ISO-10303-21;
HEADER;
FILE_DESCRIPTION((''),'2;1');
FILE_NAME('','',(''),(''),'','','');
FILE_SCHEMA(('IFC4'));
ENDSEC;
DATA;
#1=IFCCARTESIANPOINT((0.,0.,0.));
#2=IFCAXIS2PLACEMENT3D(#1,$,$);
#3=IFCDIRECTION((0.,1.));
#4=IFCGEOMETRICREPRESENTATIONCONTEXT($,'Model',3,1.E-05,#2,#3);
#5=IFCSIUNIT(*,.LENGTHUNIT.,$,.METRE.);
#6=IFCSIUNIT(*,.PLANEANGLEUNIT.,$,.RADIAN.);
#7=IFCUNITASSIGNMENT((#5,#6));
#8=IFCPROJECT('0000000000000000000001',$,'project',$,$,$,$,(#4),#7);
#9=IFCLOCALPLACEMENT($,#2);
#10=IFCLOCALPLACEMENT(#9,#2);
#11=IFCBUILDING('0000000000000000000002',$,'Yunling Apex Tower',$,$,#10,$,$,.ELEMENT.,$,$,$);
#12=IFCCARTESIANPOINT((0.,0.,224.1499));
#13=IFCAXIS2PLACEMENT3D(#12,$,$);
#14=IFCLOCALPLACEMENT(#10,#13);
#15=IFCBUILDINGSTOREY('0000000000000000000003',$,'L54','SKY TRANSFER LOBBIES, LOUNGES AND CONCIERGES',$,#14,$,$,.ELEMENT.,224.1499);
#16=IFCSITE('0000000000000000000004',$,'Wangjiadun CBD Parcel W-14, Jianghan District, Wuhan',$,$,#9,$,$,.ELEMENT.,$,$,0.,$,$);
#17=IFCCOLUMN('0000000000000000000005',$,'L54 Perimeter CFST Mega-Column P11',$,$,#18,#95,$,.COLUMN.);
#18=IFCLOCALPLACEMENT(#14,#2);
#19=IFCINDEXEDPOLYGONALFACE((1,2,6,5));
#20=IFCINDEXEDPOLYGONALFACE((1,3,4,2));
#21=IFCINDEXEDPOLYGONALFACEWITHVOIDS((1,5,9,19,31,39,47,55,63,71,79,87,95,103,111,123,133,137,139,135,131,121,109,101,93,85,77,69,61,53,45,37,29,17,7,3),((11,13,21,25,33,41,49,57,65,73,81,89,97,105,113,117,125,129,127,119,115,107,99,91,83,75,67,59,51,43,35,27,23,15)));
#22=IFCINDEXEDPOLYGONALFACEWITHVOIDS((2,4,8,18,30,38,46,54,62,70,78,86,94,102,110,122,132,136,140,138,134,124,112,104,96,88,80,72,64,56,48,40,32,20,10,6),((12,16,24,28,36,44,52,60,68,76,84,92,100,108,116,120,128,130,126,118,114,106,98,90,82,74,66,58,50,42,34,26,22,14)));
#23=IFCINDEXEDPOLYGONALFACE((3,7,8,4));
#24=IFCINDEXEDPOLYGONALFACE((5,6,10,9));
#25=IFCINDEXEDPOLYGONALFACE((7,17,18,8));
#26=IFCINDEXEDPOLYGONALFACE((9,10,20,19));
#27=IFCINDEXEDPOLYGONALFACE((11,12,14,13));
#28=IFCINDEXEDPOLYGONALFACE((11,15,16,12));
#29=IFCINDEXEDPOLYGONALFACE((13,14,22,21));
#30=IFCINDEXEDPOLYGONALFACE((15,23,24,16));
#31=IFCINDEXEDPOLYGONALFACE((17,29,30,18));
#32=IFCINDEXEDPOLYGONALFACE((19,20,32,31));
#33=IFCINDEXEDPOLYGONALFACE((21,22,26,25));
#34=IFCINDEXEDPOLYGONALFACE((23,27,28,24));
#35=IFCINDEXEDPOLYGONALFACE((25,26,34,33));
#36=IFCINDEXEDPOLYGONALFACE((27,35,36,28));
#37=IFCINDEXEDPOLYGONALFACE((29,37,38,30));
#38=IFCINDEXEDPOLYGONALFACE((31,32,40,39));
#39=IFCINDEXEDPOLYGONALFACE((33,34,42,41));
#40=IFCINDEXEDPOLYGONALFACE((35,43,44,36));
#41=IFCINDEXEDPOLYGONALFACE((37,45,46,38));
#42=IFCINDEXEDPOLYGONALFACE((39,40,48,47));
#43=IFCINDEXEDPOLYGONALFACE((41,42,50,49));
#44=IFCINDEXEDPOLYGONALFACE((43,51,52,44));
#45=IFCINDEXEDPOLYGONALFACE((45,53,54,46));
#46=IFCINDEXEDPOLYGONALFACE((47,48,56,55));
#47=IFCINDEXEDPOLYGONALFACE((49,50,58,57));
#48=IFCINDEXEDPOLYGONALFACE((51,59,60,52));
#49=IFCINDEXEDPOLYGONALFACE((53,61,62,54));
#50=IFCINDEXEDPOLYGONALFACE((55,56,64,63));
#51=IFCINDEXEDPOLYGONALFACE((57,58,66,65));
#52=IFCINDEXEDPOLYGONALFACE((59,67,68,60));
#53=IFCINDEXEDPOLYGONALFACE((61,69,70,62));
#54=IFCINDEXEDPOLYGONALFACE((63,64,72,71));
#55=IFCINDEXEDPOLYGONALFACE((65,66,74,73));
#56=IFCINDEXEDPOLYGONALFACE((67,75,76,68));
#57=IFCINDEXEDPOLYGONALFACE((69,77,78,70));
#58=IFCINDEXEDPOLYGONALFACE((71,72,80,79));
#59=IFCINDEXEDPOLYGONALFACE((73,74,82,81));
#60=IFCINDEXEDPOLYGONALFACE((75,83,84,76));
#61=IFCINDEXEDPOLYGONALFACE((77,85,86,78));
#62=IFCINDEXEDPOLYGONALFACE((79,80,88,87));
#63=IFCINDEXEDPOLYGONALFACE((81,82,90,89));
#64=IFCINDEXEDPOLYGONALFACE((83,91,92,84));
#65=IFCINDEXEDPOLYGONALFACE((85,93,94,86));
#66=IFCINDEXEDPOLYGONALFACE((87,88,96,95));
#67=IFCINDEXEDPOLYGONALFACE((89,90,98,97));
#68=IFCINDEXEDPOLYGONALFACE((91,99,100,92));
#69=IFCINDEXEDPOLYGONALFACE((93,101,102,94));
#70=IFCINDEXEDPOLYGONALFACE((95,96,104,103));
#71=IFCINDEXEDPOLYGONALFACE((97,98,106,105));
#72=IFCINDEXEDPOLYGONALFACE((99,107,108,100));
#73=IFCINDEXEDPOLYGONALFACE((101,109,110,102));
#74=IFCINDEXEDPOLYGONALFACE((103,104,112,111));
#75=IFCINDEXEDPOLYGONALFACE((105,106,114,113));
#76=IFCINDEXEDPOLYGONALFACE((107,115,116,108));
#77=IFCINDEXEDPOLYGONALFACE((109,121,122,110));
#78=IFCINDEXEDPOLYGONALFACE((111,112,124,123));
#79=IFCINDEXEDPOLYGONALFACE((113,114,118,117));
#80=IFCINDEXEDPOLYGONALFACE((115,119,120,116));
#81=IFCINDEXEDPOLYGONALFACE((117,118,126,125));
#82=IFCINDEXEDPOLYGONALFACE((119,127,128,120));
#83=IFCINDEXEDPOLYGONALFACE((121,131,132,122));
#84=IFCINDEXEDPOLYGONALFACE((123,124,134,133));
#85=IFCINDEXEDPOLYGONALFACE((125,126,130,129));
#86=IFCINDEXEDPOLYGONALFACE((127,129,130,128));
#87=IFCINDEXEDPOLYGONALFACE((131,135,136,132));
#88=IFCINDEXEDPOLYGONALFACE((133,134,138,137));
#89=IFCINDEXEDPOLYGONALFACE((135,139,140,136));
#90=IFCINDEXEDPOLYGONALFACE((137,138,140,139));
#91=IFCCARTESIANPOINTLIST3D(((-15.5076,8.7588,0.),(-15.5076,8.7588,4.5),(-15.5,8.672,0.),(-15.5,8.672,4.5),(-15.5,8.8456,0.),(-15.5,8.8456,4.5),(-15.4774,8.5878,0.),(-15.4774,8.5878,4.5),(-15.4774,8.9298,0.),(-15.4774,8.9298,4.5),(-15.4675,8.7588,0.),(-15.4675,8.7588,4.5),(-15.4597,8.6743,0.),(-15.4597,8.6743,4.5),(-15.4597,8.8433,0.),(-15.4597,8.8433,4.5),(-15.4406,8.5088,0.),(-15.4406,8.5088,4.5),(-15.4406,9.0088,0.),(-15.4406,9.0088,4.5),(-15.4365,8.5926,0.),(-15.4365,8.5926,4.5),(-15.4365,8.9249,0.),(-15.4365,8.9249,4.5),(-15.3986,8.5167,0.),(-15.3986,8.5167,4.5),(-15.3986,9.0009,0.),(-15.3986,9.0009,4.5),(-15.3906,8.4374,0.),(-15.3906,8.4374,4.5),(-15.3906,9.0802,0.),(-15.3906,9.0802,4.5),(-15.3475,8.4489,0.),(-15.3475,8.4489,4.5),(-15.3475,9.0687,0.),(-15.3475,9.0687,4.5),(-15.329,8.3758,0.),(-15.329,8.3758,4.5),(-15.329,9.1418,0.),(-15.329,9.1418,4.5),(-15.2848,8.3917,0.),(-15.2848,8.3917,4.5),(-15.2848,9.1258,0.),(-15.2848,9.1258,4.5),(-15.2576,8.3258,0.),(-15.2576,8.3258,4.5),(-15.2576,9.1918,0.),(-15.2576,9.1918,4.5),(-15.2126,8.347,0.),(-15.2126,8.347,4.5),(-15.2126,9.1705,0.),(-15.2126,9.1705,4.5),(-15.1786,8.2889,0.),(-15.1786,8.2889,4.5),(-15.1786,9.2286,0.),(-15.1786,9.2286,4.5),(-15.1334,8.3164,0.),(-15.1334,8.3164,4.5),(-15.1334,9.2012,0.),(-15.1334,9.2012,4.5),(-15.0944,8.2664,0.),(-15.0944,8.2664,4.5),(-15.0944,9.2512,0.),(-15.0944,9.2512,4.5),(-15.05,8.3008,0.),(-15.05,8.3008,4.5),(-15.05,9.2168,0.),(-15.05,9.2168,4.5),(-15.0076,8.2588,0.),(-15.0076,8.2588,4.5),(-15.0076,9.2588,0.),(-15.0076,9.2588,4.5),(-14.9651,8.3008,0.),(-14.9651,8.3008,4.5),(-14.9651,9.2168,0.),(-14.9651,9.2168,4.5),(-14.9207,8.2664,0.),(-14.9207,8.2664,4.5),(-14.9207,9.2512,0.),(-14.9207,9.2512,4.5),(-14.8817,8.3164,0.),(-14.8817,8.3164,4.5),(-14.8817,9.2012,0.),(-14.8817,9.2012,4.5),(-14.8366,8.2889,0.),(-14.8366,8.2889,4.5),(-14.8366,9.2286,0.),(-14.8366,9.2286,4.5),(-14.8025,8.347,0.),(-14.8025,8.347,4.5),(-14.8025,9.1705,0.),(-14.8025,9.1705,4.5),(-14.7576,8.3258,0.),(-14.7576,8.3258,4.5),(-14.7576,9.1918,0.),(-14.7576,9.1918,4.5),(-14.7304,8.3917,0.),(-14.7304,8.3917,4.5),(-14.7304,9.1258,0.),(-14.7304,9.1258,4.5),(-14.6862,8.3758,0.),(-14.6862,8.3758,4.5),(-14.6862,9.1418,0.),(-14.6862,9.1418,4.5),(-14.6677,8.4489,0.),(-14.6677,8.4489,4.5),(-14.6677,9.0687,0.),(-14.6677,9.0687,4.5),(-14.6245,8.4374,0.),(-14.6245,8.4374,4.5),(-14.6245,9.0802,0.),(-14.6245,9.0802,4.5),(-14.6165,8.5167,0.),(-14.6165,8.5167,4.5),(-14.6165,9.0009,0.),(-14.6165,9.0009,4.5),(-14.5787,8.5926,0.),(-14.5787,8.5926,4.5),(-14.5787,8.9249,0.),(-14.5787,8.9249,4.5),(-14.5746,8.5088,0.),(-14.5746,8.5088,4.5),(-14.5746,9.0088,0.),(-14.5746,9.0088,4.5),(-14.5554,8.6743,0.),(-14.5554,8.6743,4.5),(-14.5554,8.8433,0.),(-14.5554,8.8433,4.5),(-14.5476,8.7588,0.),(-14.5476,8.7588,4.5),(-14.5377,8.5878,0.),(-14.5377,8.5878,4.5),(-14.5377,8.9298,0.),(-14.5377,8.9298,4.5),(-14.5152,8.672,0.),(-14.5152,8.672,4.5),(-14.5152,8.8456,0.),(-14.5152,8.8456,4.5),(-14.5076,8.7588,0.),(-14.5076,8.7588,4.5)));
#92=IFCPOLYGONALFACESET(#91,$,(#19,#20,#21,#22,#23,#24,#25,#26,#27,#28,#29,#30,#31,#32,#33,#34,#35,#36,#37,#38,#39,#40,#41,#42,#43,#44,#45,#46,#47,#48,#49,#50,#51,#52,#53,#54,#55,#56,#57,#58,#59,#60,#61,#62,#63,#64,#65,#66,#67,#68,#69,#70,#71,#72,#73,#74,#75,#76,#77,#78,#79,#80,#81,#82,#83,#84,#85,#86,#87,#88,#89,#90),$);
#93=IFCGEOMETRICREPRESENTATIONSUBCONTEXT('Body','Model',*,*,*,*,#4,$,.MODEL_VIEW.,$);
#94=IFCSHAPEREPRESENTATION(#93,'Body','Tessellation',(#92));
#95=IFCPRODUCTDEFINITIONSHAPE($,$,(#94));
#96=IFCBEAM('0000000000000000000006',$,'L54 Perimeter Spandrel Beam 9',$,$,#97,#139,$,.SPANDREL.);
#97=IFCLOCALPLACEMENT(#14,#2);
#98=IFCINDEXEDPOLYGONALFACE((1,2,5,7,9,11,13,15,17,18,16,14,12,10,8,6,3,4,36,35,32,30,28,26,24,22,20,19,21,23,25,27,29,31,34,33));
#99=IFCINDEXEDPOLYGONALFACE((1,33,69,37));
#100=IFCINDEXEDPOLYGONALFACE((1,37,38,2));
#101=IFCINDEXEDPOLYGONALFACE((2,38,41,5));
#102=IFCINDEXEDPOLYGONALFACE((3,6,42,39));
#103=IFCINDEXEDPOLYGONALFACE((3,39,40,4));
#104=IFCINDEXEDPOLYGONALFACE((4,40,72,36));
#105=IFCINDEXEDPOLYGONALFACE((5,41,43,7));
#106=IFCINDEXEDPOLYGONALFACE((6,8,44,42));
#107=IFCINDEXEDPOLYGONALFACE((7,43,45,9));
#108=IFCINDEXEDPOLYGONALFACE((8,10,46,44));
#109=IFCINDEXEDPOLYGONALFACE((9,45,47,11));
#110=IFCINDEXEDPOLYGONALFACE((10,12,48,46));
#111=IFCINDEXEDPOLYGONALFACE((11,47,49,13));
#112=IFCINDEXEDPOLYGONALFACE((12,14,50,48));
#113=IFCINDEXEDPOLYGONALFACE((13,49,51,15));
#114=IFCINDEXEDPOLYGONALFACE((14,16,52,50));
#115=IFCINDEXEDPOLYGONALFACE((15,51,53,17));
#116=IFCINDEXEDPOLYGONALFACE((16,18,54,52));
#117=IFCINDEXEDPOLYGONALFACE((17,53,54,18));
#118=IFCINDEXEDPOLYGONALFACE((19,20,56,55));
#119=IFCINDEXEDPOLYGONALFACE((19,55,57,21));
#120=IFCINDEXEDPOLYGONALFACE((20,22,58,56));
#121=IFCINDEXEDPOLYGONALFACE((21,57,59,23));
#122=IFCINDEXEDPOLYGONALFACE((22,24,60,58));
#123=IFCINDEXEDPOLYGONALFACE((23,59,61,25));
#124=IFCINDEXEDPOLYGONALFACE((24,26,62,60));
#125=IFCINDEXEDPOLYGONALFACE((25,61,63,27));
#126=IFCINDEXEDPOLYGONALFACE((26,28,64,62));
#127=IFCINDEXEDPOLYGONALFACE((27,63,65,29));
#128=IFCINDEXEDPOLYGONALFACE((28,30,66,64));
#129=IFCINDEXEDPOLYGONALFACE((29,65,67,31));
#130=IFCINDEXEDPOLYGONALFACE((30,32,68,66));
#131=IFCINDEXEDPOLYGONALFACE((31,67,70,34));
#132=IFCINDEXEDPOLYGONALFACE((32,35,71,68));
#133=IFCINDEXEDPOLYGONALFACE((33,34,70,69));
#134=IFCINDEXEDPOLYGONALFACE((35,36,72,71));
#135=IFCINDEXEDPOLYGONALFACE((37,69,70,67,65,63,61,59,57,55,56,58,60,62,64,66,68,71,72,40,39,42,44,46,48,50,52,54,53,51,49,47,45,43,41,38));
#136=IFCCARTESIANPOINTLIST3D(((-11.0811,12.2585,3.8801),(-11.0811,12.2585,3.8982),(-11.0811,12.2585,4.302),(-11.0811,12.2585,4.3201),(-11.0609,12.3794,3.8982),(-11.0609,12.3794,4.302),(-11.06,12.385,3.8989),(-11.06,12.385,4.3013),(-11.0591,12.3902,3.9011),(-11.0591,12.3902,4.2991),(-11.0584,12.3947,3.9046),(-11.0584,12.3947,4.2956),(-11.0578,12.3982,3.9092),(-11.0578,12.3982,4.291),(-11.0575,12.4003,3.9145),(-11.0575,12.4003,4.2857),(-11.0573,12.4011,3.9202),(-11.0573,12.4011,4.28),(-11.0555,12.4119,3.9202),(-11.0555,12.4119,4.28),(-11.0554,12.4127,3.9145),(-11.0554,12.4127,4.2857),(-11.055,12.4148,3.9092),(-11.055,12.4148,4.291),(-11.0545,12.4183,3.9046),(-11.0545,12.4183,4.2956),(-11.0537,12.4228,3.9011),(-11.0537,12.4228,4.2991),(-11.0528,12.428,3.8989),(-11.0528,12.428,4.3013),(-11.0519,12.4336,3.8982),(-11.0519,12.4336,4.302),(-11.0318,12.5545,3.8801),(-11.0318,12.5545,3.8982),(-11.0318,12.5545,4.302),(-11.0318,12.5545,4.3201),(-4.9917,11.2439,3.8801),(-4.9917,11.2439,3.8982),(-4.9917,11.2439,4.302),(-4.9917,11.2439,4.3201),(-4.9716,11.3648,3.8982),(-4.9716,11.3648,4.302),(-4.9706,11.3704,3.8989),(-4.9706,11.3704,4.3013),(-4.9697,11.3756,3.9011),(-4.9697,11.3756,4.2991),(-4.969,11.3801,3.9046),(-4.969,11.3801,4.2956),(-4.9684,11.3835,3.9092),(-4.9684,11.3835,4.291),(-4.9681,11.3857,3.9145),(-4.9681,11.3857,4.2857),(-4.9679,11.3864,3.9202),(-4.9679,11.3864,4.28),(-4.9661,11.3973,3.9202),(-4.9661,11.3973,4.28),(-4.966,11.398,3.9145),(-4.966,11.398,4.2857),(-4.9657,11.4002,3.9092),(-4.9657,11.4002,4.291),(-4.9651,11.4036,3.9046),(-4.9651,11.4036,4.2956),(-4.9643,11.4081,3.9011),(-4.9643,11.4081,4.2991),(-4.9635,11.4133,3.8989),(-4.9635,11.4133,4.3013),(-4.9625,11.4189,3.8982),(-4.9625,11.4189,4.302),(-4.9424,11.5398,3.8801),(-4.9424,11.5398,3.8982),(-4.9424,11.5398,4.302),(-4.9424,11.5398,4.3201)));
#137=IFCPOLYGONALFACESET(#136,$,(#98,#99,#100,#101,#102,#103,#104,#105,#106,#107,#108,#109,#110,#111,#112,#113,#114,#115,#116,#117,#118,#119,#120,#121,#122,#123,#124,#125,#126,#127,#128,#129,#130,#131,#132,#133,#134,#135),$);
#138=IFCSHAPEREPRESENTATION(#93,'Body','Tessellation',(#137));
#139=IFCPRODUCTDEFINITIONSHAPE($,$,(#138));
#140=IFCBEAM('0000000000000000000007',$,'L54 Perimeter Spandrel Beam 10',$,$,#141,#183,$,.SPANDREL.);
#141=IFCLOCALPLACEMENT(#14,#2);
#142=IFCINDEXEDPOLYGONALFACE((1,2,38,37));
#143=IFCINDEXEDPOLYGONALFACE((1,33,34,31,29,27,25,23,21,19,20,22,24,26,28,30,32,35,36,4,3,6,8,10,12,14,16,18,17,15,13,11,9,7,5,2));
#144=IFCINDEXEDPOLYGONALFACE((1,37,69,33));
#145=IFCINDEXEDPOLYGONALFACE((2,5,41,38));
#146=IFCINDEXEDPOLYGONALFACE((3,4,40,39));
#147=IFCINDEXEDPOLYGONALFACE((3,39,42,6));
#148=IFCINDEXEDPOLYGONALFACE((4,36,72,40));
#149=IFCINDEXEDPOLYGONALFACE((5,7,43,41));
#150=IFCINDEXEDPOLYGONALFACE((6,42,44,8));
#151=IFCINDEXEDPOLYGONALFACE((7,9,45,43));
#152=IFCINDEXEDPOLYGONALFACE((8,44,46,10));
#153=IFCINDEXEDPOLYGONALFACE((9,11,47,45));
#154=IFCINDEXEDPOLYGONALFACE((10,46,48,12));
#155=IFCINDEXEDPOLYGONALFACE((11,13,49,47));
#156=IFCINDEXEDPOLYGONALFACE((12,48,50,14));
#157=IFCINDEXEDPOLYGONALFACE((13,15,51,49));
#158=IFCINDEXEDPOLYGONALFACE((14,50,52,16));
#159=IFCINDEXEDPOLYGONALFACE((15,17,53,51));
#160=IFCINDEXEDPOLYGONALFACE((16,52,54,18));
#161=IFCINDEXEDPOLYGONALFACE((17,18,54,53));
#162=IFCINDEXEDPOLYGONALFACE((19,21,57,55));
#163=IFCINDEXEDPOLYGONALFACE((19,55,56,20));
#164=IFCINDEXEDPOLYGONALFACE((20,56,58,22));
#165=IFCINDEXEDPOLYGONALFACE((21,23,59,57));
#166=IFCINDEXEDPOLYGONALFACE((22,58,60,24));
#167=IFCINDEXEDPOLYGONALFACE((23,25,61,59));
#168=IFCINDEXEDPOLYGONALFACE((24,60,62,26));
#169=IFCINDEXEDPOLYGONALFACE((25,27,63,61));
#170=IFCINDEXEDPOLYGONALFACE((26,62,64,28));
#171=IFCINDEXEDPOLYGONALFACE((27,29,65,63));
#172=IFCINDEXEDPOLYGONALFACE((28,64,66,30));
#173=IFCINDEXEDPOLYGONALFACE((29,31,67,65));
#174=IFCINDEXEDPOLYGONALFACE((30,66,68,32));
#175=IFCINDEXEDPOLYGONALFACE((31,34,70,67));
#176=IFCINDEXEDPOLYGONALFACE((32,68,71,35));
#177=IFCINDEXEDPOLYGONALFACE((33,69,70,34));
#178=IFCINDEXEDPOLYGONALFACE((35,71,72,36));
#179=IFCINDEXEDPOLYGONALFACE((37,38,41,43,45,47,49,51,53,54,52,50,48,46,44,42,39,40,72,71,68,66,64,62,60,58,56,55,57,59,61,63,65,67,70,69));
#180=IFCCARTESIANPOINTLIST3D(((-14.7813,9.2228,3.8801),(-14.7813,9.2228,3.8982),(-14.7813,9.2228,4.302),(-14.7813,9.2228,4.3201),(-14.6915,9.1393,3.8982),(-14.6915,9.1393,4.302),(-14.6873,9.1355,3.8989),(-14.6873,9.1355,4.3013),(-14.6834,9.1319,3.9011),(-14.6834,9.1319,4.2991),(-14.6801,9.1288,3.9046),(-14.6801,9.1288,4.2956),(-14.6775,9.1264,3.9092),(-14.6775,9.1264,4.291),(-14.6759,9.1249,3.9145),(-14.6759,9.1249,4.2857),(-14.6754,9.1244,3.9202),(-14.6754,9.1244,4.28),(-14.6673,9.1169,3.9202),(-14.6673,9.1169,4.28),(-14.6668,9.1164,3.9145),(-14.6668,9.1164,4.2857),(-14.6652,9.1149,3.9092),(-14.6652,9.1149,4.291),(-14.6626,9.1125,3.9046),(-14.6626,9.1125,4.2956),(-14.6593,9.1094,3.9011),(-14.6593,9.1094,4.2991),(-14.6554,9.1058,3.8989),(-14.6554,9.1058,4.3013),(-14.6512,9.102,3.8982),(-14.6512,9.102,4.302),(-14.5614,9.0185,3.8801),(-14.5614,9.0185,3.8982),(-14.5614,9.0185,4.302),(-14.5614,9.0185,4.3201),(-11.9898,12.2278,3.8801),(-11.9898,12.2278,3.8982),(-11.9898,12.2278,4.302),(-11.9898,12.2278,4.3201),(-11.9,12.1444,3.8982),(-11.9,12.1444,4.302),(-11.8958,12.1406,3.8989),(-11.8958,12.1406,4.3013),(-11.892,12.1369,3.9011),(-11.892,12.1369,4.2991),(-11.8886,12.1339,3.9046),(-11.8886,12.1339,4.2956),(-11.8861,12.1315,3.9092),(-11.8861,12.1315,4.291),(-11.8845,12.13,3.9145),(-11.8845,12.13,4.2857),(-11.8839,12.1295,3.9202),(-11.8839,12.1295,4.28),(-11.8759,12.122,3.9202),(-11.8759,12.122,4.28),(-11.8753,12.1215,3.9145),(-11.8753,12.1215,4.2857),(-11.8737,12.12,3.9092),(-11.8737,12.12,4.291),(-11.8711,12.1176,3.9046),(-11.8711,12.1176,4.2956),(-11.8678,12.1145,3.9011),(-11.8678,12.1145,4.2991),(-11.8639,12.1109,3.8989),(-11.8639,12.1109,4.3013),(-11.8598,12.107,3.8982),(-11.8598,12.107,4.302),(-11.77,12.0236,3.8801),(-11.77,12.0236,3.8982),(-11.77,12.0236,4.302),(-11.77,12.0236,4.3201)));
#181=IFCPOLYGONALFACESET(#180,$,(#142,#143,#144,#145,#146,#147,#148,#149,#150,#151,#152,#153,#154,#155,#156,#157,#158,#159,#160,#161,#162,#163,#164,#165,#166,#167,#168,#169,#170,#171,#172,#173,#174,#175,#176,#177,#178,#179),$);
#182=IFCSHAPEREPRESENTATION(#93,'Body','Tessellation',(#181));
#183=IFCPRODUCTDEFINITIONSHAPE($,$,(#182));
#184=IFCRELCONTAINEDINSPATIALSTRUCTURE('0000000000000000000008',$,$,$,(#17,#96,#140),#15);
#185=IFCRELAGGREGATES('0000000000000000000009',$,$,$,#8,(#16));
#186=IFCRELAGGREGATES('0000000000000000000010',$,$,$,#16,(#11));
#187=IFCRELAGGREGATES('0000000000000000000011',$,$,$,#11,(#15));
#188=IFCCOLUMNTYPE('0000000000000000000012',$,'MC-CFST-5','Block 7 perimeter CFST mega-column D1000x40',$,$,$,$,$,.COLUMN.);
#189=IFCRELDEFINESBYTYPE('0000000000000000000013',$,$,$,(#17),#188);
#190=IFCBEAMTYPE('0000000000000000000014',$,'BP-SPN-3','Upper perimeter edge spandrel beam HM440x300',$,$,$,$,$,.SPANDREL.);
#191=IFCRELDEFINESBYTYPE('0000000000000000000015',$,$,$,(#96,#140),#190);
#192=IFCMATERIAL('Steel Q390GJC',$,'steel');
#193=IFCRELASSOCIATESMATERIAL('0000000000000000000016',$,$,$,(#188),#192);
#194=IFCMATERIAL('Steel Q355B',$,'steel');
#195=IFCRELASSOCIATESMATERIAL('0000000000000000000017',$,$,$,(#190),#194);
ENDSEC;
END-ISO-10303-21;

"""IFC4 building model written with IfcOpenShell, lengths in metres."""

from ifc_helpers import new_model, si_unit, direction, frame, origin, origin_2d, place, context, subcontext, project, spatial, hollow_circle, i_section, extrude, source, transform, mapped, material, material_profile, profile_set, type_object, element, save


model = new_model("IFC4")

# Units and contexts
model_context = context("Model", 3, precision=1e-05, world=origin(), true_north=direction((0.0, 1.0)))
body_context = subcontext(model_context, "Body", "Model", "MODEL_VIEW")
ifc_project = project(units=[si_unit("LENGTHUNIT", "METRE"), si_unit("PLANEANGLEUNIT", "RADIAN")], contexts=[model_context])

# Site, building, storey
site_placement = place(None, origin())
site = spatial("IfcSite", under=ifc_project, at=site_placement, Name="Wangjiadun CBD Parcel W-14, Jianghan District, Wuhan", CompositionType="ELEMENT", RefElevation=0.0)
building_placement = place(site_placement, origin())
building = spatial("IfcBuilding", under=site, at=building_placement, Name="Yunling Apex Tower", CompositionType="ELEMENT")
storey_placement = place(building_placement, frame((0.0, 0.0, 224.1499)))
storey = spatial("IfcBuildingStorey", under=building, at=storey_placement, Name="L54", Description="SKY TRANSFER LOBBIES, LOUNGES AND CONCIERGES", CompositionType="ELEMENT", Elevation=224.1499)

# Column
ifc_material_1 = material(Name="Steel Q390GJC", Category="steel")
ifc_material_profile_1 = material_profile(ifc_material_1, hollow_circle(Radius=0.5, WallThickness=0.04, at=origin_2d()))
ifc_profile_set_1 = profile_set([ifc_material_profile_1], Name="Steel Q390GJC")
column_type = type_object("IfcColumnType", Name="MC-CFST-5", Description="Block 7 perimeter CFST mega-column D1000x40", PredefinedType="COLUMN", material=ifc_profile_set_1)
shared_shape_1 = source(origin(), body_context, "Body", "SweptSolid", [
    extrude(hollow_circle(Radius=0.5, WallThickness=0.04, at=origin_2d()), origin(), (0.0, 0.0, 1.0), 4.5),
])
for number, where, z_axis, x_axis, name in (
    (1, (-15.0076, 8.7588, 0.0), (0.0, 0.0, 1.0), (1.0, 0.0, 0.0), "L54 Perimeter CFST Mega-Column P11"),
):
    element("IfcColumn", number, at=place(storey_placement, frame(where, z_axis=z_axis, x_axis=x_axis)), inside=storey, type_object=column_type, Name=name, PredefinedType="COLUMN", context=body_context, shape_type="MappedRepresentation", body=[
        mapped(shared_shape_1, transform((0.0, 0.0, 0.0), scale=1.0)),
    ])

# Beams
ifc_material_2 = material(Name="Steel Q355B", Category="steel")
ifc_material_profile_2 = material_profile(ifc_material_2, i_section(OverallWidth=0.3, OverallDepth=0.4399, WebThickness=0.011, FlangeThickness=0.0181, FilletRadius=0.022, at=origin_2d()))
ifc_profile_set_2 = profile_set([ifc_material_profile_2], Name="Steel Q355B")
beam_type_1 = type_object("IfcBeamType", Name="BP-SPN-3", Description="Upper perimeter edge spandrel beam HM440x300", PredefinedType="SPANDREL", material=ifc_profile_set_2)
shared_shape_2 = source(origin(), body_context, "Body", "SweptSolid", [
    extrude(i_section(OverallWidth=0.3, OverallDepth=0.4399, WebThickness=0.011, FlangeThickness=0.0181, FilletRadius=0.022, at=origin_2d()), origin(), (0.0, 0.0, 1.0), 6.1733),
])
beam_1_placement = place(storey_placement, frame((-4.967, 11.3918, 4.1001), z_axis=(-0.9864, 0.164361, 0.0), x_axis=(-0.164361, -0.9864, 0.0)))
element("IfcBeam", 2, at=beam_1_placement, inside=storey, type_object=beam_type_1, Name="L54 Perimeter Spandrel Beam 9", PredefinedType="SPANDREL", context=body_context, shape_type="MappedRepresentation", body=[
    mapped(shared_shape_2, transform((0.0, 0.0, 0.0), scale=1.0)),
])
shared_shape_3 = source(origin(), body_context, "Body", "SweptSolid", [
    extrude(i_section(OverallWidth=0.3, OverallDepth=0.4399, WebThickness=0.011, FlangeThickness=0.0181, FilletRadius=0.022, at=origin_2d()), origin(), (0.0, 0.0, 1.0), 4.1016),
])
beam_2_placement = place(storey_placement, frame((-11.8799, 12.1257, 4.1001), z_axis=(-0.680586, -0.732668, 0.0), x_axis=(0.732668, -0.680586, 0.0)))
element("IfcBeam", 3, at=beam_2_placement, inside=storey, type_object=beam_type_1, Name="L54 Perimeter Spandrel Beam 10", PredefinedType="SPANDREL", context=body_context, shape_type="MappedRepresentation", body=[
    mapped(shared_shape_3, transform((0.0, 0.0, 0.0), scale=1.0)),
])

save(model, "model.ifc")
